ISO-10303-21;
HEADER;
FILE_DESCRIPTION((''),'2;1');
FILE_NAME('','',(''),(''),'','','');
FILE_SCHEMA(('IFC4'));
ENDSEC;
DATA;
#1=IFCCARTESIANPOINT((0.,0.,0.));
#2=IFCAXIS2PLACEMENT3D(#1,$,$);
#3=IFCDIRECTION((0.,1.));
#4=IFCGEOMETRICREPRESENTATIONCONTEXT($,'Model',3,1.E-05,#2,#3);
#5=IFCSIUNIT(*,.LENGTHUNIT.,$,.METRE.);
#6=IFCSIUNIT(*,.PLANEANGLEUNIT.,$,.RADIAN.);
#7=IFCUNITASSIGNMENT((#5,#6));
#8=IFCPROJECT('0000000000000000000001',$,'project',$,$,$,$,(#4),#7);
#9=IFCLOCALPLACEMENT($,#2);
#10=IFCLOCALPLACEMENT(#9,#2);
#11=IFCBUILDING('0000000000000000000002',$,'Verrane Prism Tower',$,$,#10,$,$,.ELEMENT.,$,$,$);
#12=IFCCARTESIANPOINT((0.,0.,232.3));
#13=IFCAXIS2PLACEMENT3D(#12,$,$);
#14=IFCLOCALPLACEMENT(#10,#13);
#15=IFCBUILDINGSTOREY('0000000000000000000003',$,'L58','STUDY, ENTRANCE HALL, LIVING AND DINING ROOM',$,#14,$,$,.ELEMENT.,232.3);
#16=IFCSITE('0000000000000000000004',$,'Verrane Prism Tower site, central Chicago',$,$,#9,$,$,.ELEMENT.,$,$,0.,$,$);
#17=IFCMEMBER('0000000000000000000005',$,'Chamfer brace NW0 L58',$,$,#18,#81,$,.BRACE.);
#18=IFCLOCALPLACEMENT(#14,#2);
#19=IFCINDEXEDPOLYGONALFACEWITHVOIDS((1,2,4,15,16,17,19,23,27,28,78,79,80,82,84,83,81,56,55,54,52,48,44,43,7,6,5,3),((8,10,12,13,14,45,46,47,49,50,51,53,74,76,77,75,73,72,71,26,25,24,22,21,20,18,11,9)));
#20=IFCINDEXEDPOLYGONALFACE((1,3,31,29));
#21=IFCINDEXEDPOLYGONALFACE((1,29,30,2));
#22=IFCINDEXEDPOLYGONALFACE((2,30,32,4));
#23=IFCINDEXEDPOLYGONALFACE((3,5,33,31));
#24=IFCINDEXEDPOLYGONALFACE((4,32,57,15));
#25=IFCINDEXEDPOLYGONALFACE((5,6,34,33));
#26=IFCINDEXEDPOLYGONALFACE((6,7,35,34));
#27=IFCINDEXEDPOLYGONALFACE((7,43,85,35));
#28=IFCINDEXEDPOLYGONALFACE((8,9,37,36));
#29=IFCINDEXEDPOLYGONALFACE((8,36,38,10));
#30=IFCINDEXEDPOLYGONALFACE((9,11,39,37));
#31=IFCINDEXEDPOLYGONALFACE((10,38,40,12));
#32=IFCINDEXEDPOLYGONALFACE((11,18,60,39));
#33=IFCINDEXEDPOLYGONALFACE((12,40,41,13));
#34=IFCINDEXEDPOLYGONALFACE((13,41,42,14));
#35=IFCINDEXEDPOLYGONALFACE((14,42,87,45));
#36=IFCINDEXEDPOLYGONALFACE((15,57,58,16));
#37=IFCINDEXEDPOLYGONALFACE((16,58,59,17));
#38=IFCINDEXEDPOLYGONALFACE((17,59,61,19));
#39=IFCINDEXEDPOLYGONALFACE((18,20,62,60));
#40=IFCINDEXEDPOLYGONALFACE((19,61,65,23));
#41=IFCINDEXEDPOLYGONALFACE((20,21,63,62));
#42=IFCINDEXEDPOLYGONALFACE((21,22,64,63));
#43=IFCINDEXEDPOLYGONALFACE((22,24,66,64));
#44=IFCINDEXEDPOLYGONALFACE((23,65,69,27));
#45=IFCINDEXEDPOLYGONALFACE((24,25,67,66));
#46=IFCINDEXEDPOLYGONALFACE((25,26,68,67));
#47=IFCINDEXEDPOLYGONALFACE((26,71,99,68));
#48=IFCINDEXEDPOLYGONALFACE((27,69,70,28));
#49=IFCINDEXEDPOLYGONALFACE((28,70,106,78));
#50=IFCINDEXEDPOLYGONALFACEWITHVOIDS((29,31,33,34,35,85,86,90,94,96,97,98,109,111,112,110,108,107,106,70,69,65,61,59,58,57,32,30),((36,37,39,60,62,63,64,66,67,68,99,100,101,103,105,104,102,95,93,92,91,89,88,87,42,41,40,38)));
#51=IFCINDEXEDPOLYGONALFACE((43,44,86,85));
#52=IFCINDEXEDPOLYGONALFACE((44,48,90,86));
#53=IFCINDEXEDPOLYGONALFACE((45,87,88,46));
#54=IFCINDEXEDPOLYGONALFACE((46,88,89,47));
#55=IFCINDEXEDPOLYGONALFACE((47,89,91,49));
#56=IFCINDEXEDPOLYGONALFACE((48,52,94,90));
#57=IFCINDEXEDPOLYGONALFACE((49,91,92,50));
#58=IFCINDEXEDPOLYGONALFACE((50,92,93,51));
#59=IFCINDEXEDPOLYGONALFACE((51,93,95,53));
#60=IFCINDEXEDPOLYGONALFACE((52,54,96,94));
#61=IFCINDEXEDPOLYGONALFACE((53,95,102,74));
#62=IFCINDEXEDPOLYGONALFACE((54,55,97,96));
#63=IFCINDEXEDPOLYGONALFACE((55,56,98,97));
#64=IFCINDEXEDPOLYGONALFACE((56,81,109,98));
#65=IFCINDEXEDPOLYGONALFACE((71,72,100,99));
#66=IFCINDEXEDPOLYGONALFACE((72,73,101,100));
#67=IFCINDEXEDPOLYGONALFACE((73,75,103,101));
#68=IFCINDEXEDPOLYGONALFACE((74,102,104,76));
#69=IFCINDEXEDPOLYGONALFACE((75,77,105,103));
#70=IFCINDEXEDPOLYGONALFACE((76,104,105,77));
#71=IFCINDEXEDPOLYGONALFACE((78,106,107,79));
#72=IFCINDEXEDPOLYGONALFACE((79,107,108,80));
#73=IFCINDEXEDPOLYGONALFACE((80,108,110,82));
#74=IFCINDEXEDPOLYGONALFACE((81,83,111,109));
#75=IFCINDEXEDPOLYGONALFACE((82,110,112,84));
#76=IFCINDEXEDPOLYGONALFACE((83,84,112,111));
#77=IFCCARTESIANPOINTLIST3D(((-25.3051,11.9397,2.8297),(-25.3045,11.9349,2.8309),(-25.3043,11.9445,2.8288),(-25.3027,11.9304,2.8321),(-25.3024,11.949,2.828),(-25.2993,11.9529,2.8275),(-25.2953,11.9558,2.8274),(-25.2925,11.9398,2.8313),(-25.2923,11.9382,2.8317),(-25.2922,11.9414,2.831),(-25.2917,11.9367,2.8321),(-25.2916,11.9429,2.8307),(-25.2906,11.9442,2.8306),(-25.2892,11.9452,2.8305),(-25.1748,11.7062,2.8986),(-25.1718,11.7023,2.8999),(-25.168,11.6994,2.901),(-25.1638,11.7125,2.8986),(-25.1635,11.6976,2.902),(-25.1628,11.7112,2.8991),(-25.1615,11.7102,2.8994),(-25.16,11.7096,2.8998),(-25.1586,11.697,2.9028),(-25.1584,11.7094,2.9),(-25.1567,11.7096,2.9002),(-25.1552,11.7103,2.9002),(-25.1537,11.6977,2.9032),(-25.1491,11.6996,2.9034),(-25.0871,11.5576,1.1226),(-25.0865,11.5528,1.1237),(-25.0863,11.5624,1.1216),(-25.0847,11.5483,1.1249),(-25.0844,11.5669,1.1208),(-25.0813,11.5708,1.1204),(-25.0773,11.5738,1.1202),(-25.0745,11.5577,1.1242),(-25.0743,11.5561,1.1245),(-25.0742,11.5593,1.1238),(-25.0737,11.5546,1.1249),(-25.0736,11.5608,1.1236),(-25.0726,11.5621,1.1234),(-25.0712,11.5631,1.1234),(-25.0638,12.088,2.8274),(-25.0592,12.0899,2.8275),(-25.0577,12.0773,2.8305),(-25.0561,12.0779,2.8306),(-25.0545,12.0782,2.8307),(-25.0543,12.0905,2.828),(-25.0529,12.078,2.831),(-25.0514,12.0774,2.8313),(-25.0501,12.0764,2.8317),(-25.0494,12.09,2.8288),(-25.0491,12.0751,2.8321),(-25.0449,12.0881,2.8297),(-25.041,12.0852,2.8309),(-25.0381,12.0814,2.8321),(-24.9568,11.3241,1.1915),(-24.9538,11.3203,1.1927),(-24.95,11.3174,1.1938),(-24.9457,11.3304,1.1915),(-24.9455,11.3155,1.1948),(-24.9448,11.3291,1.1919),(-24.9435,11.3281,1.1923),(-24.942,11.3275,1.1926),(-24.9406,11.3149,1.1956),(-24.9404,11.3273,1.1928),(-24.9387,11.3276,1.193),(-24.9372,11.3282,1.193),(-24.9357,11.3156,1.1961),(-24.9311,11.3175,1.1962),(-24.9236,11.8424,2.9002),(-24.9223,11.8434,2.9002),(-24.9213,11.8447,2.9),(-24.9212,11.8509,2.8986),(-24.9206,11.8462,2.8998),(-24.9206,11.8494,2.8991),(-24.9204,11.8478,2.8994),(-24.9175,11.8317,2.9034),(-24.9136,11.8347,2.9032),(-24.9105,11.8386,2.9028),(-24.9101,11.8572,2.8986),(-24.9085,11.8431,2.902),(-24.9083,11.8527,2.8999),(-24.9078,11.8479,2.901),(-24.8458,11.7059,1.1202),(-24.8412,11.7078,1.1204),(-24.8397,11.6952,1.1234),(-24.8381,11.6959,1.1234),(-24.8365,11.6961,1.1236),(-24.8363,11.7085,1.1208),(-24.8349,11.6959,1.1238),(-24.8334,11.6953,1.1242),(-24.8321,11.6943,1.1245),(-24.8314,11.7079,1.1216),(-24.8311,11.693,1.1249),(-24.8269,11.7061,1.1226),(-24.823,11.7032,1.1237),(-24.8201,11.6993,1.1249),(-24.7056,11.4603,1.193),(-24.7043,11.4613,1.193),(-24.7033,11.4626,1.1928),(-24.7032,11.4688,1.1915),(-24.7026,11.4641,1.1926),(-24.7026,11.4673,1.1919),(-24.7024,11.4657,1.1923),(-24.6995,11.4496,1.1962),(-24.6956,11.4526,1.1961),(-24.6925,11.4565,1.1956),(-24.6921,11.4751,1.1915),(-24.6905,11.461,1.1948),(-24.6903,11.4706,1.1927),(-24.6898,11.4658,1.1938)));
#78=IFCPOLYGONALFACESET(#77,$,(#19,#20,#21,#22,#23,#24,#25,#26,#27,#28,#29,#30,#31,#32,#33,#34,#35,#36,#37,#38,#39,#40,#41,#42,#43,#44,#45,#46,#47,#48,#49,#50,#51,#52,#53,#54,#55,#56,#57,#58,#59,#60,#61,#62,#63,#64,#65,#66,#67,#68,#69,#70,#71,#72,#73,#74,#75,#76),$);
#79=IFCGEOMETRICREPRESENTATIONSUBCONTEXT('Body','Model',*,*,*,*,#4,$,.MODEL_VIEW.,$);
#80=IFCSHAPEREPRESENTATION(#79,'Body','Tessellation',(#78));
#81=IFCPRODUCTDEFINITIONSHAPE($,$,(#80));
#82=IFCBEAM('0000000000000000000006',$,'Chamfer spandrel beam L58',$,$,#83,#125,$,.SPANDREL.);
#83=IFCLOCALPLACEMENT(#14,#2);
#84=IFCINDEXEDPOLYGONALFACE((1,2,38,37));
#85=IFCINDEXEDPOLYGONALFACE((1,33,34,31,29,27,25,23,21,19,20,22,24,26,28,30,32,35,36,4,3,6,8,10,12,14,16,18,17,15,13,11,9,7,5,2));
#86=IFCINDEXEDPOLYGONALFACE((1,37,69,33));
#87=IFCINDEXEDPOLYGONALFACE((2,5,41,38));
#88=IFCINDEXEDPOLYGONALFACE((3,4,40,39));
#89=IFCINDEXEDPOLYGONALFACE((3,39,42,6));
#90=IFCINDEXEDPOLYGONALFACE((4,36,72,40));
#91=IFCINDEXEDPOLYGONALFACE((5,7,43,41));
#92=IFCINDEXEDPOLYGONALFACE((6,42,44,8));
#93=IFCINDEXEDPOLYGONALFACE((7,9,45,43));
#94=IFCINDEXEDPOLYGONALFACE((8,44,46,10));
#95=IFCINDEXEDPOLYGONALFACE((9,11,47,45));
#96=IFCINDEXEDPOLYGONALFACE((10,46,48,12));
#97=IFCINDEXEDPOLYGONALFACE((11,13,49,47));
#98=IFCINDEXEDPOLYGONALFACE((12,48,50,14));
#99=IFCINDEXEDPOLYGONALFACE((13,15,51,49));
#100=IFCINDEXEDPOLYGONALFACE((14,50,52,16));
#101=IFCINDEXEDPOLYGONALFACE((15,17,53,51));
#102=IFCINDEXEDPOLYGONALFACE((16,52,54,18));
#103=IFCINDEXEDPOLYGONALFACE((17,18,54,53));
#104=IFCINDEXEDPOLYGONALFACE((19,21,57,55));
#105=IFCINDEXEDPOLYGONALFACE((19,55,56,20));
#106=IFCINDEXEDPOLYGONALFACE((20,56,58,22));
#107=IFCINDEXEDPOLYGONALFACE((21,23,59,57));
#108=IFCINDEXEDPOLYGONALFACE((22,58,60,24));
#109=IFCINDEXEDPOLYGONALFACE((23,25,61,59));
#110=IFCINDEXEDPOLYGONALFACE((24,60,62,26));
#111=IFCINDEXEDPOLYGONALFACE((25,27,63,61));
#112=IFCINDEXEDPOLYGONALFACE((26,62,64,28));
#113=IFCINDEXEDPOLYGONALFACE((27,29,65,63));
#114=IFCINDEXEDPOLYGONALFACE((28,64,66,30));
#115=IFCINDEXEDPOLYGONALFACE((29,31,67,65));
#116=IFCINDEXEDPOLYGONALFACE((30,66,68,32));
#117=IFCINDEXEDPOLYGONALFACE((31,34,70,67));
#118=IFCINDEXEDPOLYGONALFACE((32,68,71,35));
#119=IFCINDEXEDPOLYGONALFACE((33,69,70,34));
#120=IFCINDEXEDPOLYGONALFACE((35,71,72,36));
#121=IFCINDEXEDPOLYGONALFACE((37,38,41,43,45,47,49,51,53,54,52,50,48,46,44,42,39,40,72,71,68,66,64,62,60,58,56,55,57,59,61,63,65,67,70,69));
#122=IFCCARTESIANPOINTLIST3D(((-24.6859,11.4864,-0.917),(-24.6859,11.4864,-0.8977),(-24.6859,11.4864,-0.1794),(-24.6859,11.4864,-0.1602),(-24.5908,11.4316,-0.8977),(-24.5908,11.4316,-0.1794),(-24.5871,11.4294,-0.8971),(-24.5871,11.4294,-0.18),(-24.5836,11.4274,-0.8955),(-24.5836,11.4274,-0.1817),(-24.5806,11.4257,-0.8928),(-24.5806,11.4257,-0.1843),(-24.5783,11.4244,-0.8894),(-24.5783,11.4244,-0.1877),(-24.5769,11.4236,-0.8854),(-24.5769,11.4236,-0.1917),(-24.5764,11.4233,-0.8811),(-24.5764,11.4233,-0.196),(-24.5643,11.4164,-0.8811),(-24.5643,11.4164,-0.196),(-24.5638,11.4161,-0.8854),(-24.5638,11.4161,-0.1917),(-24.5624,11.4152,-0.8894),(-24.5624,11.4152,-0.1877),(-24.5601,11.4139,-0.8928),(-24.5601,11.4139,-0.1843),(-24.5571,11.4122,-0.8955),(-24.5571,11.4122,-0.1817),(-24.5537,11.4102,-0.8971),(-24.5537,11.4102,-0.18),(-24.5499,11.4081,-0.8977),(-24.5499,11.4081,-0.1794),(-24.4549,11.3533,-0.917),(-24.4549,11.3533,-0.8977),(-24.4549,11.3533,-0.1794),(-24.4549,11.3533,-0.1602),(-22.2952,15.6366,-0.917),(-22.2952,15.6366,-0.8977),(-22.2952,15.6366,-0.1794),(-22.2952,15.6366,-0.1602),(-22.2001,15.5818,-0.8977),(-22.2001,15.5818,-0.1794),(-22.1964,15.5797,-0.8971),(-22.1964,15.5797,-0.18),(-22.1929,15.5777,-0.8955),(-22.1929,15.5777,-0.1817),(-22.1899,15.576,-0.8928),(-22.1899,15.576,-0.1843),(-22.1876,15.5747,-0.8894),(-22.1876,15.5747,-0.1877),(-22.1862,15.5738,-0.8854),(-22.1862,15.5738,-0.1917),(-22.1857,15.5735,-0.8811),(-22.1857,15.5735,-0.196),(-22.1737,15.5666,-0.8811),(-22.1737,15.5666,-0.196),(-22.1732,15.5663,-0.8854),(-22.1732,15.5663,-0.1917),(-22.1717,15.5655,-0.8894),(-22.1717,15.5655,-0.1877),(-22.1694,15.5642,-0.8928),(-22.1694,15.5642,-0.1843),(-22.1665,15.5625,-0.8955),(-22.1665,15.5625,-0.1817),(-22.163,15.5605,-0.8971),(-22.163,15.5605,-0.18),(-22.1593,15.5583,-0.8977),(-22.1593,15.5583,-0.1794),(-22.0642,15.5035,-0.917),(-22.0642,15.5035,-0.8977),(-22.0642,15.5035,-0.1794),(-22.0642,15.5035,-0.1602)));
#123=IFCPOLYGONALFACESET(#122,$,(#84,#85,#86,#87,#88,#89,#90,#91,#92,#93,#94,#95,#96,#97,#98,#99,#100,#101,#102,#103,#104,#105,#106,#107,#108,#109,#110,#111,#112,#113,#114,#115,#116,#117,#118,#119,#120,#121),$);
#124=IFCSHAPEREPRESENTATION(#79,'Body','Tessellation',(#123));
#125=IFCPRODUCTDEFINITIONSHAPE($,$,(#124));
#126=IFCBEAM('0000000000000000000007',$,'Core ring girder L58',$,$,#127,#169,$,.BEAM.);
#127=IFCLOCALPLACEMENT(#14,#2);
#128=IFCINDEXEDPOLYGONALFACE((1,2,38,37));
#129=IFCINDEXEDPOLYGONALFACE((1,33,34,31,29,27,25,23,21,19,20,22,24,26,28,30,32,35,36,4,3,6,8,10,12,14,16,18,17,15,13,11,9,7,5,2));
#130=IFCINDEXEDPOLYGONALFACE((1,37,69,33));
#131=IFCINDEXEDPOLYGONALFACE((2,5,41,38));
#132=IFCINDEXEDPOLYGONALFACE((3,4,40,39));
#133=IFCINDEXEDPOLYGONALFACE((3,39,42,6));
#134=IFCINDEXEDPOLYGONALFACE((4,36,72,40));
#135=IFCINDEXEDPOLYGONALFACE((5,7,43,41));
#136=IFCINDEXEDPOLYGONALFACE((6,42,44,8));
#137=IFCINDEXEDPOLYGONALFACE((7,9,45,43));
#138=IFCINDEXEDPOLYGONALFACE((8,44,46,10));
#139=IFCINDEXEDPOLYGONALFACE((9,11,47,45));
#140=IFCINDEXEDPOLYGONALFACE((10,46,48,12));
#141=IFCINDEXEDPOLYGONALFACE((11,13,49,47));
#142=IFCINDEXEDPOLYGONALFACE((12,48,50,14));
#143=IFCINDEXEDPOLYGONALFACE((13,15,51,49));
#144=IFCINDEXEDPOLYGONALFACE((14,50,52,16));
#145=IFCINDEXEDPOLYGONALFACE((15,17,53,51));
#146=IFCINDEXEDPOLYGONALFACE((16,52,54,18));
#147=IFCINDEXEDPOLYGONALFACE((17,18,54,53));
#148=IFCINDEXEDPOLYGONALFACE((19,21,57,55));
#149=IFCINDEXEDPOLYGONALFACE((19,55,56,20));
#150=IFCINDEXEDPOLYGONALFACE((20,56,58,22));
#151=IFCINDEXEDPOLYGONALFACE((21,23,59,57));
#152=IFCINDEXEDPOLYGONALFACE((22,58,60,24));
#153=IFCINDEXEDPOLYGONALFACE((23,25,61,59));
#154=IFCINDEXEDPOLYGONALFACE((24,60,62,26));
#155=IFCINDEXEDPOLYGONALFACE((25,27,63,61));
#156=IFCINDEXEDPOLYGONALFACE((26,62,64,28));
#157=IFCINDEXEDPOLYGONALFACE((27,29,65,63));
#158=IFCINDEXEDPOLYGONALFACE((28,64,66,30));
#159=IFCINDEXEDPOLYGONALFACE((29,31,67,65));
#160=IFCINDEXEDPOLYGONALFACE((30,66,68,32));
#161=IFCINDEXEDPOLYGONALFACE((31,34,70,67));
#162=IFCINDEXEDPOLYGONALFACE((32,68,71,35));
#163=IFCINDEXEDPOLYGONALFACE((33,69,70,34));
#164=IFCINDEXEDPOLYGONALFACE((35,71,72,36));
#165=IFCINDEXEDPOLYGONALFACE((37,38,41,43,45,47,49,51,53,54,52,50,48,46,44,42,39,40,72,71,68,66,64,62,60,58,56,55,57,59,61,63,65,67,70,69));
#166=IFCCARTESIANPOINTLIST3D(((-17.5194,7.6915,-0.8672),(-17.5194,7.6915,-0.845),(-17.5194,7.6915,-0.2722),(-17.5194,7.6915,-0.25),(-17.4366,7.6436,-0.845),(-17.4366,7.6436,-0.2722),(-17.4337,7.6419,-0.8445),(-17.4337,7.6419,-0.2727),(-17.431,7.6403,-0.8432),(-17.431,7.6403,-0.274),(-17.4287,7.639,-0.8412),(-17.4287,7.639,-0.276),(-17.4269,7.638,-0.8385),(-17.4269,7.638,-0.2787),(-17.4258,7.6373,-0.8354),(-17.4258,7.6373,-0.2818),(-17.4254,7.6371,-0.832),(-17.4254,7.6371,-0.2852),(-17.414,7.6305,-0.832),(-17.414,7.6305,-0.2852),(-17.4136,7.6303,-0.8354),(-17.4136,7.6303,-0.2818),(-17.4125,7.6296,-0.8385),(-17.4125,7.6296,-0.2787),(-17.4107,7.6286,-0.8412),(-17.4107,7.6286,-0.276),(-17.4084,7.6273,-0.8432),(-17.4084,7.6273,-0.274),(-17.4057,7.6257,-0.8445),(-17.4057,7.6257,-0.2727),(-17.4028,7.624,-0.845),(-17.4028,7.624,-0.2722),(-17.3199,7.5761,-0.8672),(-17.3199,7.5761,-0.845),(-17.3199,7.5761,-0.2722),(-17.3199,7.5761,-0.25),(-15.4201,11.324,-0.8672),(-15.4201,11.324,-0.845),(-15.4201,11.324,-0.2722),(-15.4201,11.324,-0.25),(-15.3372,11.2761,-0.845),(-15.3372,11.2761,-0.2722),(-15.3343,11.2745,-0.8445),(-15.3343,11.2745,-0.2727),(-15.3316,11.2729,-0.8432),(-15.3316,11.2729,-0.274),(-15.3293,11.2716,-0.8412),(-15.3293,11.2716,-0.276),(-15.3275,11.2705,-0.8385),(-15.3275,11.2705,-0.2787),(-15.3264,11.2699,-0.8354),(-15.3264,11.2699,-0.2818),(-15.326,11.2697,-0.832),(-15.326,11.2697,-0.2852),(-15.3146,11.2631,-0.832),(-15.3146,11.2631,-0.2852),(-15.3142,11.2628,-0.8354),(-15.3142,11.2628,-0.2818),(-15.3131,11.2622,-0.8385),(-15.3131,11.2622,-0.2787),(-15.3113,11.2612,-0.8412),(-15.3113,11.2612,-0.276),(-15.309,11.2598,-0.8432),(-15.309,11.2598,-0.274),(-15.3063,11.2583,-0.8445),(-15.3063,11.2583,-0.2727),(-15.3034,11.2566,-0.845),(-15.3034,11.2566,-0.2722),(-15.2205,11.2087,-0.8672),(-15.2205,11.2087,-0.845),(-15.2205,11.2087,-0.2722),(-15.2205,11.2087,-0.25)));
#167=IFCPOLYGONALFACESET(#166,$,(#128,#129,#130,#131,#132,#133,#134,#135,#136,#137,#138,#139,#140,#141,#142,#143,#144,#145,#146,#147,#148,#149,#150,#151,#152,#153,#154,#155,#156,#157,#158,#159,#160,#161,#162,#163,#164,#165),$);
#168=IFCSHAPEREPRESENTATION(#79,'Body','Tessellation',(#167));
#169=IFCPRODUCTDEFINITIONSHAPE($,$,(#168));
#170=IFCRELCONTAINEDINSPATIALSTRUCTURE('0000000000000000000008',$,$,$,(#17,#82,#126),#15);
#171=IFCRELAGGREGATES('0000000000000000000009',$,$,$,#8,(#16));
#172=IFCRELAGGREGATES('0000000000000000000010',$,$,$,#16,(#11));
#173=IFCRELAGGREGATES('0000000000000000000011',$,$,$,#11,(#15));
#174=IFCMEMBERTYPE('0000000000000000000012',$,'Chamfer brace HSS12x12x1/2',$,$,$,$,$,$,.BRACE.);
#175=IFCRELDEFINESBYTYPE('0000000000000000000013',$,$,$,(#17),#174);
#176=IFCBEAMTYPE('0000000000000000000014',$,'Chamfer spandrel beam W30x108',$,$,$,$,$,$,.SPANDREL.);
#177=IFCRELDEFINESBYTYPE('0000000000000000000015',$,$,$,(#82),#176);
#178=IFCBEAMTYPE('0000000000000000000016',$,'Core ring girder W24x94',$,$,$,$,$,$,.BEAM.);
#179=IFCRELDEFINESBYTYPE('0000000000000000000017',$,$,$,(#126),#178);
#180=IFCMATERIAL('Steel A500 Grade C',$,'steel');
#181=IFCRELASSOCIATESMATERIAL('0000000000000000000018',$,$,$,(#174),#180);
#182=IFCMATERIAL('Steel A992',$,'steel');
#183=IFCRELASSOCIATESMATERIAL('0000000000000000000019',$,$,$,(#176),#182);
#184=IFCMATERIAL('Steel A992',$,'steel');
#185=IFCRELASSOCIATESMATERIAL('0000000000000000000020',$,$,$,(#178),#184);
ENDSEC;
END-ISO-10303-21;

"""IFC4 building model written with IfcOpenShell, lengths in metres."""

from ifc_helpers import new_model, si_unit, direction, frame, origin, origin_2d, place, context, subcontext, project, spatial, hollow_rectangle, i_section, extrude, material, material_profile, profile_set, type_object, element, save


model = new_model("IFC4")

# Units and contexts
model_context = context("Model", 3, precision=1e-05, world=origin(), true_north=direction((0.0, 1.0)))
body_context = subcontext(model_context, "Body", "Model", "MODEL_VIEW")
ifc_project = project(units=[si_unit("LENGTHUNIT", "METRE"), si_unit("PLANEANGLEUNIT", "RADIAN")], contexts=[model_context])

# Site, building, storey
site_placement = place(None, origin())
site = spatial("IfcSite", under=ifc_project, at=site_placement, Name="Verrane Prism Tower site, central Chicago", CompositionType="ELEMENT", RefElevation=0.0)
building_placement = place(site_placement, origin())
building = spatial("IfcBuilding", under=site, at=building_placement, Name="Verrane Prism Tower", CompositionType="ELEMENT")
storey_placement = place(building_placement, frame((0.0, 0.0, 232.3)))
storey = spatial("IfcBuildingStorey", under=building, at=storey_placement, Name="L58", Description="STUDY, ENTRANCE HALL, LIVING AND DINING ROOM", CompositionType="ELEMENT", Elevation=232.3)

# Member
ifc_material_1 = material(Name="Steel A500 Grade C", Category="steel")
ifc_material_profile_1 = material_profile(ifc_material_1, hollow_rectangle(XDim=0.3047, YDim=0.3047, WallThickness=0.0127, InnerFilletRadius=0.0063, OuterFilletRadius=0.019, at=origin_2d()), Name="HSS12x12x1/2")
ifc_profile_set_1 = profile_set([ifc_material_profile_1], Name="Steel A500 Grade C")
member_type_1 = type_object("IfcMemberType", Name="Chamfer brace HSS12x12x1/2", PredefinedType="BRACE", material=ifc_profile_set_1)
member_1_placement = place(storey_placement, frame((-24.8884, 11.5117, 1.1582), z_axis=(-0.12366, 0.216717, 0.968371), x_axis=(-0.86855, -0.495601, 0.0)))
element("IfcMember", 1, at=member_1_placement, inside=storey, type_object=member_type_1, Name="Chamfer brace NW0 L58", PredefinedType="BRACE", context=body_context, shape_type="SweptSolid", body=[
    extrude(hollow_rectangle(XDim=0.3047, YDim=0.3047, WallThickness=0.0127, InnerFilletRadius=0.0063, OuterFilletRadius=0.019, at=origin_2d()), origin(), (0.0, 0.0, 1.0), 1.7629),
])

# Beams
ifc_material_2 = material(Name="Steel A992", Category="steel")
ifc_material_profile_2 = material_profile(ifc_material_2, i_section(OverallWidth=0.2666, OverallDepth=0.7568, WebThickness=0.0139, FlangeThickness=0.0193, FilletRadius=0.0166, at=origin_2d()), Name="W30x108")
ifc_profile_set_2 = profile_set([ifc_material_profile_2], Name="Steel A992")
beam_type_1 = type_object("IfcBeamType", Name="Chamfer spandrel beam W30x108", PredefinedType="SPANDREL", material=ifc_profile_set_2)
beam_1_placement = place(storey_placement, frame((-22.1797, 15.5701, -0.5386), z_axis=(-0.499144, -0.866519, 0.0), x_axis=(0.866519, -0.499144, 0.0)))
element("IfcBeam", 2, at=beam_1_placement, inside=storey, type_object=beam_type_1, Name="Chamfer spandrel beam L58", PredefinedType="SPANDREL", context=body_context, shape_type="SweptSolid", body=[
    extrude(i_section(OverallWidth=0.2666, OverallDepth=0.7568, WebThickness=0.0139, FlangeThickness=0.0193, FilletRadius=0.0166, at=origin_2d()), origin(), (0.0, 0.0, 1.0), 4.7896),
])
ifc_material_3 = material(Name="Steel A992", Category="steel")
ifc_material_profile_3 = material_profile(ifc_material_3, i_section(OverallWidth=0.2305, OverallDepth=0.6172, WebThickness=0.0132, FlangeThickness=0.0222, FilletRadius=0.0129, at=origin_2d()), Name="W24x94")
ifc_profile_set_3 = profile_set([ifc_material_profile_3], Name="Steel A992")
beam_type_2 = type_object("IfcBeamType", Name="Core ring girder W24x94", PredefinedType="BEAM", material=ifc_profile_set_3)
beam_2_placement = place(storey_placement, frame((-15.3203, 11.2664, -0.5586), z_axis=(-0.500376, -0.865808, 0.0), x_axis=(0.865808, -0.500376, 0.0)))
element("IfcBeam", 3, at=beam_2_placement, inside=storey, type_object=beam_type_2, Name="Core ring girder L58", PredefinedType="BEAM", context=body_context, shape_type="SweptSolid", body=[
    extrude(i_section(OverallWidth=0.2305, OverallDepth=0.6172, WebThickness=0.0132, FlangeThickness=0.0222, FilletRadius=0.0129, at=origin_2d()), origin(), (0.0, 0.0, 1.0), 4.1956),
])

save(model, "model.ifc")
